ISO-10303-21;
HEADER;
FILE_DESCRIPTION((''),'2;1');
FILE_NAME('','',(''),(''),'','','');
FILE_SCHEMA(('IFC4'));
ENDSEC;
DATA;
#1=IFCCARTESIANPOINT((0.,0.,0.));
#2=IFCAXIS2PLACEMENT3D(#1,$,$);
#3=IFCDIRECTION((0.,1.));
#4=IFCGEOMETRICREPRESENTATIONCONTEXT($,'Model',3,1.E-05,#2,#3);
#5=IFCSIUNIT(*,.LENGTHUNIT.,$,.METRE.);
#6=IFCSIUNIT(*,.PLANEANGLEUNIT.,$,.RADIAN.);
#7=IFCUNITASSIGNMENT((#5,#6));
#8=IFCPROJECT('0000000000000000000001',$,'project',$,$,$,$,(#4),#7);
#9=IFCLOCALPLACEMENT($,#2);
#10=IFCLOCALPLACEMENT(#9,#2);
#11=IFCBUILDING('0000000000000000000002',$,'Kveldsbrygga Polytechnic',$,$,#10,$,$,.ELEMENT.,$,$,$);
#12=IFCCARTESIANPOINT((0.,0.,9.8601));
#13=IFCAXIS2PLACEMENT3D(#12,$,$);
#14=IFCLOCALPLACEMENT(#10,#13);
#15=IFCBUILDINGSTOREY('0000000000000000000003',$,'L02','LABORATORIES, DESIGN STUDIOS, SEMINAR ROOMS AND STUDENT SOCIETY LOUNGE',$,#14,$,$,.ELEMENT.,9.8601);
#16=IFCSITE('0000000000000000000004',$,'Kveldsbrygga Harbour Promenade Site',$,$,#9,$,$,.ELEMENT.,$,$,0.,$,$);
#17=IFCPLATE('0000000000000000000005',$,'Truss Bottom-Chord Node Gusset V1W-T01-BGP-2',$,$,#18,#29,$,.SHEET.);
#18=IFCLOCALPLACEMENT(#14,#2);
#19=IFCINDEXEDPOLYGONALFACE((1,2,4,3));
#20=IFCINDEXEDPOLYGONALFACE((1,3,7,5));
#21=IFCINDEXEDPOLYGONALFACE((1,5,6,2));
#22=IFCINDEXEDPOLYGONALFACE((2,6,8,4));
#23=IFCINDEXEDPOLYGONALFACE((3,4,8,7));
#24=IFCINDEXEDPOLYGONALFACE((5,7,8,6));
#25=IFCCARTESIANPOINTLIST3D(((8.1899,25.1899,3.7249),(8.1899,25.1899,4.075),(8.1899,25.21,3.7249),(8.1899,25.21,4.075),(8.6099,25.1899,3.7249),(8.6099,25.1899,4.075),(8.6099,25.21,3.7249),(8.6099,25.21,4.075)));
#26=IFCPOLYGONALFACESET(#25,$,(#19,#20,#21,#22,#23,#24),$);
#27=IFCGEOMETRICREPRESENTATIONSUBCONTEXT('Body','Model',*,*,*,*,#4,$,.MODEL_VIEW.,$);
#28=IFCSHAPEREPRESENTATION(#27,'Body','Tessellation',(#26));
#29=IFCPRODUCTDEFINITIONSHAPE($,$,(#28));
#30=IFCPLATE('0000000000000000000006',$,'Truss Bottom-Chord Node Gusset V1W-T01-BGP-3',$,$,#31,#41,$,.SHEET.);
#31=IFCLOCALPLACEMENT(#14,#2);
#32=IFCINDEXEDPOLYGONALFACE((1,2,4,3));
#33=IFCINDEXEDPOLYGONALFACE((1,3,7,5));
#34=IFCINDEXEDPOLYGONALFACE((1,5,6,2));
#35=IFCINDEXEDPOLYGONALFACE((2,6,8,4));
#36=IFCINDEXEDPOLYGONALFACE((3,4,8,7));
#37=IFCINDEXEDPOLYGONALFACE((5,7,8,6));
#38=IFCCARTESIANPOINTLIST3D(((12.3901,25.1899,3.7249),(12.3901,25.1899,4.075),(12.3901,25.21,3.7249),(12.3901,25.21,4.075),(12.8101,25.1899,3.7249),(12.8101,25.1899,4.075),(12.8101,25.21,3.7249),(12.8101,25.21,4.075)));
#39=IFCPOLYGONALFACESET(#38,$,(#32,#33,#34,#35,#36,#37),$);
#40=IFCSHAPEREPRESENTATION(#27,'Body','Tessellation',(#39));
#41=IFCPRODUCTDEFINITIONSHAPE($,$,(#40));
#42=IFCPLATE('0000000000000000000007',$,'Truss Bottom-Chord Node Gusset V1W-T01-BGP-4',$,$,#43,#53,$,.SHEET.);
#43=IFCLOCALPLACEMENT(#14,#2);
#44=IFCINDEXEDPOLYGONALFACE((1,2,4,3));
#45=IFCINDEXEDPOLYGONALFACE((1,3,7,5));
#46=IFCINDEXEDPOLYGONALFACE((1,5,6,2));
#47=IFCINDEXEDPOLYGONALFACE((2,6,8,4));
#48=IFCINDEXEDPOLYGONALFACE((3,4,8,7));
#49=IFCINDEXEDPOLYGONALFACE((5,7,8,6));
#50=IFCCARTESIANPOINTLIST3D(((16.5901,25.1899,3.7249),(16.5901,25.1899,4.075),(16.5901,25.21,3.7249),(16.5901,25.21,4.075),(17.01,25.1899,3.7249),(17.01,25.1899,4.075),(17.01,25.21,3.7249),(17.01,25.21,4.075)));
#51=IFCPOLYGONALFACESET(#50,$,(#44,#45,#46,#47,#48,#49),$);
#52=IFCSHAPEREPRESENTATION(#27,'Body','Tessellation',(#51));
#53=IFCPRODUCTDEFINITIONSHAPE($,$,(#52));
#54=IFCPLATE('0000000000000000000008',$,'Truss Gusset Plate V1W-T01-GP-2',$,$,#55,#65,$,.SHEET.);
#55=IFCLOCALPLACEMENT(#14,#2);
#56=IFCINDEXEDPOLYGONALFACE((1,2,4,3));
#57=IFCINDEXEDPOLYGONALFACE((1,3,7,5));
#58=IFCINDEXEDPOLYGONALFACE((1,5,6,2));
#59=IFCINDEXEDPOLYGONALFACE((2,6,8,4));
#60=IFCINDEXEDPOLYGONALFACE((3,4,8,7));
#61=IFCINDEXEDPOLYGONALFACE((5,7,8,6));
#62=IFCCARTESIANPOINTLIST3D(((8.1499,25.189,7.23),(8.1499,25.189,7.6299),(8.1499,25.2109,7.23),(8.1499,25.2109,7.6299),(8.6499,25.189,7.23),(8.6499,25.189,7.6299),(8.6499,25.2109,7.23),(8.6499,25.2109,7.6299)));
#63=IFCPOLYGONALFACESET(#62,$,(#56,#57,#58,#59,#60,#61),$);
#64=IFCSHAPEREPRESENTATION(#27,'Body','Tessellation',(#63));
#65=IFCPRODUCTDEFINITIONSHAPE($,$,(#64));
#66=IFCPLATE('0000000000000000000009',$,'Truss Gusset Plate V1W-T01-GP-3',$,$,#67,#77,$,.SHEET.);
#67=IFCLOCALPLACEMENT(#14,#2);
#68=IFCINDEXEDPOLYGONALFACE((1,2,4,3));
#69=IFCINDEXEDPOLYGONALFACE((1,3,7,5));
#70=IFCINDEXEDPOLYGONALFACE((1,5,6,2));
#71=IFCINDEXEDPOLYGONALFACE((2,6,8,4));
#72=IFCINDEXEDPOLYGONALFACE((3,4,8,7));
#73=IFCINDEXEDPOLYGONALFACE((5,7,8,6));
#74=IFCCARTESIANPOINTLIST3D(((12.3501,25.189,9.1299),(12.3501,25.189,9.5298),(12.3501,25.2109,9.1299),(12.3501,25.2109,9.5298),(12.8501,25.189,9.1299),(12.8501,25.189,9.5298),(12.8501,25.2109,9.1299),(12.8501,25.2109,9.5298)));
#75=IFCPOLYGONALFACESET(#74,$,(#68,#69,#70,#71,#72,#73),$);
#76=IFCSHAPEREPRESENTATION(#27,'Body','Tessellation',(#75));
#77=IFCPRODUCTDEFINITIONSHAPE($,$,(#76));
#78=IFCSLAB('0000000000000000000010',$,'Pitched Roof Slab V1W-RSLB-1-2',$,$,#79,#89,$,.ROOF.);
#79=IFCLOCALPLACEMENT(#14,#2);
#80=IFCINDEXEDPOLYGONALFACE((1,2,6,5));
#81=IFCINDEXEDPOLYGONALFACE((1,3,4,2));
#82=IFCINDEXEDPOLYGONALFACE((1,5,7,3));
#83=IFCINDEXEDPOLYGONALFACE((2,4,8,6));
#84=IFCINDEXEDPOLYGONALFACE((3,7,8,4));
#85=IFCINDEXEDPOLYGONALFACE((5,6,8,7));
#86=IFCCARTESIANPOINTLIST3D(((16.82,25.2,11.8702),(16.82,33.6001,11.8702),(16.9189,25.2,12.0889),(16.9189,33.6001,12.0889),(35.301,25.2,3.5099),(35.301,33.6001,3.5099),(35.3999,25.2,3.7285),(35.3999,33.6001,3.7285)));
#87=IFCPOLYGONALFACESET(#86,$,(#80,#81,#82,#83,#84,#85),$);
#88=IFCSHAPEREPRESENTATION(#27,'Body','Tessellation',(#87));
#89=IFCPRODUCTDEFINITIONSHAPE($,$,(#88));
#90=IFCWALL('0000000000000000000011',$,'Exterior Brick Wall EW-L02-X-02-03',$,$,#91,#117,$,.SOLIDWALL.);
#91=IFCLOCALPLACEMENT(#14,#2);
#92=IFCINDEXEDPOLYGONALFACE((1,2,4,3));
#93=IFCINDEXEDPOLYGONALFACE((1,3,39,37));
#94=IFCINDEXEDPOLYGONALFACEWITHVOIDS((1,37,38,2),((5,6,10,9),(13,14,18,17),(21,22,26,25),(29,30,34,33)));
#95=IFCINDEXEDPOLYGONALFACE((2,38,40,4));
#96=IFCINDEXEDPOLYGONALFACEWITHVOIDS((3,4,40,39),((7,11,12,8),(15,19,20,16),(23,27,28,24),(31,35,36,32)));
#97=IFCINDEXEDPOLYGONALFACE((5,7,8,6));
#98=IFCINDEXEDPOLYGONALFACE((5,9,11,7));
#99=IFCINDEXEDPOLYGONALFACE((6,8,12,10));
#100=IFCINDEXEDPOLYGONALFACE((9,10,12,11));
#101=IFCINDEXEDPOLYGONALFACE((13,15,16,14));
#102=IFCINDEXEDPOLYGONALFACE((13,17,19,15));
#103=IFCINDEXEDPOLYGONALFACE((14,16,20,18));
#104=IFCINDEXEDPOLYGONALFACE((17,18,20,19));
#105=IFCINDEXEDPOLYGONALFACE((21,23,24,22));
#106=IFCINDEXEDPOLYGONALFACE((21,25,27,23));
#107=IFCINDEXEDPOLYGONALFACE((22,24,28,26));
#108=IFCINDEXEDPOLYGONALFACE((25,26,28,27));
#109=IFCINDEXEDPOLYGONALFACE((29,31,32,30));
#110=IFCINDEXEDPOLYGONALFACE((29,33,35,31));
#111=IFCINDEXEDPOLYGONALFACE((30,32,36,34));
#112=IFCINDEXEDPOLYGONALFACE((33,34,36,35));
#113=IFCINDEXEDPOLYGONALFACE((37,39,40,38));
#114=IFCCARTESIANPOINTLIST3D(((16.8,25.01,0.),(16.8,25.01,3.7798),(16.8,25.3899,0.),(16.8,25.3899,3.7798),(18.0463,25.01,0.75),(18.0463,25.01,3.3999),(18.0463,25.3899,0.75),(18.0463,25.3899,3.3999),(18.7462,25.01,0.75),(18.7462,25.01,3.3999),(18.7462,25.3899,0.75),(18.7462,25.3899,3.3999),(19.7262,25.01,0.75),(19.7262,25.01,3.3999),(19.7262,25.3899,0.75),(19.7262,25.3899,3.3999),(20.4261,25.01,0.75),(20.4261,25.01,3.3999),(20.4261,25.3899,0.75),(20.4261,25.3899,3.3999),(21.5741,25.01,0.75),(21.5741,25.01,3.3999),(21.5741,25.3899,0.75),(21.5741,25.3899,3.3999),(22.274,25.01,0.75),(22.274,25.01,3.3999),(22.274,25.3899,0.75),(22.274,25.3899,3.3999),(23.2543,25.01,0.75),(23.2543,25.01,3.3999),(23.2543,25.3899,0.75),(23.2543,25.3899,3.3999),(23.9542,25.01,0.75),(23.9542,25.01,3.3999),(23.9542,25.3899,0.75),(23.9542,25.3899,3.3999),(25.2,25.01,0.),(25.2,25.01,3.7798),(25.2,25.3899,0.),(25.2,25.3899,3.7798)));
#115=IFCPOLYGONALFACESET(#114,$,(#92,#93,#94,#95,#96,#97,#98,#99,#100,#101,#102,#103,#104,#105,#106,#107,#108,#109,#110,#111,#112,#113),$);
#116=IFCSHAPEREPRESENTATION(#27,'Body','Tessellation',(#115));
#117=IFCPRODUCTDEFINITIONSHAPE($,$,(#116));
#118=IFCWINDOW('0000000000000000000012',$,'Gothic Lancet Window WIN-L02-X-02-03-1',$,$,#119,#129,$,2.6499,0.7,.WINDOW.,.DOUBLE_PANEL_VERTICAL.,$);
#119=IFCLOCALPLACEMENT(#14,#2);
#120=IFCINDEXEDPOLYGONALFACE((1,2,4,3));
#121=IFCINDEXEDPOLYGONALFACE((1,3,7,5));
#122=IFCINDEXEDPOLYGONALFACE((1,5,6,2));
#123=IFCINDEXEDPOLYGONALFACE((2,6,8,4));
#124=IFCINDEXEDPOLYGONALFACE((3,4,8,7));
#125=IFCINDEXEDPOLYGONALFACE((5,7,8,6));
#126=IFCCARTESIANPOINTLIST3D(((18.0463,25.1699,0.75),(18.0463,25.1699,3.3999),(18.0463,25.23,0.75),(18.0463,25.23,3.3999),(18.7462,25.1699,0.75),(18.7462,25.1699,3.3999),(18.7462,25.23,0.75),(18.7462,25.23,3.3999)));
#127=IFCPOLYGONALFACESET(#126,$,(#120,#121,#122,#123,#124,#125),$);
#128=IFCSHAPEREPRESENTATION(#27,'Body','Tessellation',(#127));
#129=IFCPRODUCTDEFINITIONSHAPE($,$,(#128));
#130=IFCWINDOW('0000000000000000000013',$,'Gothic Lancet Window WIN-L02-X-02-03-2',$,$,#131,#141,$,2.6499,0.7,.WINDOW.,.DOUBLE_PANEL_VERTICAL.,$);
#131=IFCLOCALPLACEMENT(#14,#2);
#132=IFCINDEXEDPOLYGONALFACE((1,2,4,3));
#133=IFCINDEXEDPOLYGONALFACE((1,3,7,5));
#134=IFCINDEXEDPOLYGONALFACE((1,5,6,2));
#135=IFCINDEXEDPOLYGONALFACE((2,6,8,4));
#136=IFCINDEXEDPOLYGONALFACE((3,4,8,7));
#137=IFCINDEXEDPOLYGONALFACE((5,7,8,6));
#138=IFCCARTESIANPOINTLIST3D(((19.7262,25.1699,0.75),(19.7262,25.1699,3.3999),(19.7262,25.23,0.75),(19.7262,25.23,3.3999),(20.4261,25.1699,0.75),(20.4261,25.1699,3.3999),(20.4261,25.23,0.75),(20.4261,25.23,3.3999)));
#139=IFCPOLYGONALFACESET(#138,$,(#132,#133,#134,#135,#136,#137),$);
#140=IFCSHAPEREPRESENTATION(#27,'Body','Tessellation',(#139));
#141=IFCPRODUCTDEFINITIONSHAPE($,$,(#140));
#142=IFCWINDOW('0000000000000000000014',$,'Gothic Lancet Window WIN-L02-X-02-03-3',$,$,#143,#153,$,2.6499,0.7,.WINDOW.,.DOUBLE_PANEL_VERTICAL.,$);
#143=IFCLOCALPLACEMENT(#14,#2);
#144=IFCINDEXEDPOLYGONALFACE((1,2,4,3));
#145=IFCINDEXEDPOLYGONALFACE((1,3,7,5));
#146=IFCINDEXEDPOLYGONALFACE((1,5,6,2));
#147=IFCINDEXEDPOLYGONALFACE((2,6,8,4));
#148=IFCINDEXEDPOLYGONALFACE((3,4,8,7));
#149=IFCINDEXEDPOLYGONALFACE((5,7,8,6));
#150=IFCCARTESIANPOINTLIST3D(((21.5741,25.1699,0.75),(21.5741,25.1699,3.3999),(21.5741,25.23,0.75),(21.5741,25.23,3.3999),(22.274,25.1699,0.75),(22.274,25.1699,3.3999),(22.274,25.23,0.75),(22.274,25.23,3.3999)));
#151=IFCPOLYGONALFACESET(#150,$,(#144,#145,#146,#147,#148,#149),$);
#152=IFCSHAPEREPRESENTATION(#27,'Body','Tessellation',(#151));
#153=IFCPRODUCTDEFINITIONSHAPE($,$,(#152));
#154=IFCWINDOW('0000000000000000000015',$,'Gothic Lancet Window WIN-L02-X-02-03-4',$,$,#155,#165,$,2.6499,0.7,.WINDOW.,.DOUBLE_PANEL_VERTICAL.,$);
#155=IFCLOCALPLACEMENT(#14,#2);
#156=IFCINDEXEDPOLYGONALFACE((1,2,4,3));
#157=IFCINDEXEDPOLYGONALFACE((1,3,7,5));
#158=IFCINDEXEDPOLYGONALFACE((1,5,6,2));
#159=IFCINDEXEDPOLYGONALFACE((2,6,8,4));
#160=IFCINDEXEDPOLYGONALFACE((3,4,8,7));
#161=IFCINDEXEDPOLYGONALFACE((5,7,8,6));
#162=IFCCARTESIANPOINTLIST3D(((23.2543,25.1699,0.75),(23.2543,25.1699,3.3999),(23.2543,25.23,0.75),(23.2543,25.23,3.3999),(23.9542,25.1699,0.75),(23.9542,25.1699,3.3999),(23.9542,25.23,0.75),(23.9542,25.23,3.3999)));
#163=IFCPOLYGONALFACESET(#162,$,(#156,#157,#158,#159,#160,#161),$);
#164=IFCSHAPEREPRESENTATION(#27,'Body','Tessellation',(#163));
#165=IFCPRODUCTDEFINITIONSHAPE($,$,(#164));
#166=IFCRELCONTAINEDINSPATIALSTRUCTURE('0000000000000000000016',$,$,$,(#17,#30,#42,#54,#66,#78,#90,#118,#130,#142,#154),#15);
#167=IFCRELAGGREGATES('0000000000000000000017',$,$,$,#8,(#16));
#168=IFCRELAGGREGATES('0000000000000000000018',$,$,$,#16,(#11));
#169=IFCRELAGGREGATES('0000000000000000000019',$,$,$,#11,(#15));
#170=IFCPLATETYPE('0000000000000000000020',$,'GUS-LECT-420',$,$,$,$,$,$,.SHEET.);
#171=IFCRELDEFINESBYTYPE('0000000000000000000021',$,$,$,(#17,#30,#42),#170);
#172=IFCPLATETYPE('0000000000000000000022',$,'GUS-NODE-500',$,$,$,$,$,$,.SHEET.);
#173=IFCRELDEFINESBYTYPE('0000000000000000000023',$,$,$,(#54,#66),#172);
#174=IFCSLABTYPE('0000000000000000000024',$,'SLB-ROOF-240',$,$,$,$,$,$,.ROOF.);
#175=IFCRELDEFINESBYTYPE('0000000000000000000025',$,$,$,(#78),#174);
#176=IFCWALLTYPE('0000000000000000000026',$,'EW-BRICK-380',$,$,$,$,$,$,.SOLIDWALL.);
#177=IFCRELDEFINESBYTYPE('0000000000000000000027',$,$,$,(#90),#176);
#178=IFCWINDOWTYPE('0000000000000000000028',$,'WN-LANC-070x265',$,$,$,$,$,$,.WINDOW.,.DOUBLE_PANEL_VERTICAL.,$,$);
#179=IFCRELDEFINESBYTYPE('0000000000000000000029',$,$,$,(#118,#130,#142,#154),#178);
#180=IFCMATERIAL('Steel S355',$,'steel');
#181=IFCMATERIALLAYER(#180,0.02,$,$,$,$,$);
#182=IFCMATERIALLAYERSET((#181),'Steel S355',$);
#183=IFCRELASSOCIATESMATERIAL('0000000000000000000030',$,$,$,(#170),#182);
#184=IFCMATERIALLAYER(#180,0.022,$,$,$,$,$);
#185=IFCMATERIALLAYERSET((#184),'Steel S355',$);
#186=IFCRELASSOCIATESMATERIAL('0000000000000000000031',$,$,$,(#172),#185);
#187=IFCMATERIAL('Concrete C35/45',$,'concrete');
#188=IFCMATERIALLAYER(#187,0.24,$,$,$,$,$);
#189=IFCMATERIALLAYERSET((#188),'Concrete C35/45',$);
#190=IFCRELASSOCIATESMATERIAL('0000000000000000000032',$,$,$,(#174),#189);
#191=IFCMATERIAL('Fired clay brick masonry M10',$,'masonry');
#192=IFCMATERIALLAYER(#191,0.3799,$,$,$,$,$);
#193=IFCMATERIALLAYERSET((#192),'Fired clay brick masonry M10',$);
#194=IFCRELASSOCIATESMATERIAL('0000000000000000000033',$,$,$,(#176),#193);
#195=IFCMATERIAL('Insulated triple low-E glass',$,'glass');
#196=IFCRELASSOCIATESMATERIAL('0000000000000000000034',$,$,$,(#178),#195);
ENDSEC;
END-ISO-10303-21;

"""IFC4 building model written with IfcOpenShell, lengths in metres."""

from ifc_helpers import new_model, si_unit, direction, frame, frame_2d, origin, origin_2d, place, context, subcontext, project, spatial, polyline, rectangle, outline, extrude, material, layer, layer_set, type_object, element, fill, save


model = new_model("IFC4")

# Units and contexts
model_context = context("Model", 3, precision=1e-05, world=origin(), true_north=direction((0.0, 1.0)))
body_context = subcontext(model_context, "Body", "Model", "MODEL_VIEW")
ifc_project = project(units=[si_unit("LENGTHUNIT", "METRE"), si_unit("PLANEANGLEUNIT", "RADIAN")], contexts=[model_context])

# Site, building, storey
site_placement = place(None, origin())
site = spatial("IfcSite", under=ifc_project, at=site_placement, Name="Kveldsbrygga Harbour Promenade Site", CompositionType="ELEMENT", RefElevation=0.0)
building_placement = place(site_placement, origin())
building = spatial("IfcBuilding", under=site, at=building_placement, Name="Kveldsbrygga Polytechnic", CompositionType="ELEMENT")
storey_placement = place(building_placement, frame((0.0, 0.0, 9.8601)))
storey = spatial("IfcBuildingStorey", under=building, at=storey_placement, Name="L02", Description="LABORATORIES, DESIGN STUDIOS, SEMINAR ROOMS AND STUDENT SOCIETY LOUNGE", CompositionType="ELEMENT", Elevation=9.8601)

# Shared definitions
ifc_material_1 = material(Name="Steel S355", Category="steel")

# Plates
ifc_layer_1 = layer(ifc_material_1, 0.02)
ifc_layer_set_1 = layer_set([ifc_layer_1], Name="Steel S355")
plate_type_1 = type_object("IfcPlateType", Name="GUS-LECT-420", PredefinedType="SHEET", material=ifc_layer_set_1)
for number, where, z_axis, x_axis, name in (
    (1, (8.3999, 25.2, 3.7249), (0.0, 0.0, 1.0), (1.0, 0.0, 0.0), "Truss Bottom-Chord Node Gusset V1W-T01-BGP-2"),
    (2, (12.6001, 25.2, 3.7249), (0.0, 0.0, 1.0), (1.0, 0.0, 0.0), "Truss Bottom-Chord Node Gusset V1W-T01-BGP-3"),
    (3, (16.8, 25.2, 3.7249), (0.0, 0.0, 1.0), (1.0, 0.0, 0.0), "Truss Bottom-Chord Node Gusset V1W-T01-BGP-4"),
):
    element("IfcPlate", number, at=place(storey_placement, frame(where, z_axis=z_axis, x_axis=x_axis)), inside=storey, type_object=plate_type_1, Name=name, PredefinedType="SHEET", context=body_context, shape_type="SweptSolid", body=[
        extrude(rectangle(XDim=0.4199, YDim=0.02, at=origin_2d()), origin(), (0.0, 0.0, 1.0), 0.3501),
    ])
ifc_layer_2 = layer(ifc_material_1, 0.022)
ifc_layer_set_2 = layer_set([ifc_layer_2], Name="Steel S355")
plate_type_2 = type_object("IfcPlateType", Name="GUS-NODE-500", PredefinedType="SHEET", material=ifc_layer_set_2)
for number, where, z_axis, x_axis, name in (
    (4, (8.3999, 25.2, 7.23), (0.0, 0.0, 1.0), (1.0, 0.0, 0.0), "Truss Gusset Plate V1W-T01-GP-2"),
    (5, (12.6001, 25.2, 9.1299), (0.0, 0.0, 1.0), (1.0, 0.0, 0.0), "Truss Gusset Plate V1W-T01-GP-3"),
):
    element("IfcPlate", number, at=place(storey_placement, frame(where, z_axis=z_axis, x_axis=x_axis)), inside=storey, type_object=plate_type_2, Name=name, PredefinedType="SHEET", context=body_context, shape_type="SweptSolid", body=[
        extrude(rectangle(XDim=0.5, YDim=0.022, at=origin_2d()), origin(), (0.0, 0.0, 1.0), 0.3999),
    ])

# Slab
ifc_material_2 = material(Name="Concrete C35/45", Category="concrete")
ifc_layer_3 = layer(ifc_material_2, 0.24)
ifc_layer_set_3 = layer_set([ifc_layer_3], Name="Concrete C35/45")
slab_type = type_object("IfcSlabType", Name="SLB-ROOF-240", PredefinedType="ROOF", material=ifc_layer_set_3)
slab_placement = place(storey_placement, frame((16.9189, 25.2, 12.0889), z_axis=(0.412165, 0.0, 0.911109), x_axis=(0.911109, 0.0, -0.412165)))
element("IfcSlab", 6, at=slab_placement, inside=storey, type_object=slab_type, Name="Pitched Roof Slab V1W-RSLB-1-2", PredefinedType="ROOF", context=body_context, shape_type="SweptSolid", body=[
    extrude(outline(polyline([(0.0, 0.0), (20.284, 0.0), (20.284, 8.4001), (0.0, 8.4001), (0.0, 0.0)])), origin(), (0.0, 0.0, -1.0), 0.24),
])

# Wall, openings, windows
ifc_material_3 = material(Name="Fired clay brick masonry M10", Category="masonry")
ifc_layer_4 = layer(ifc_material_3, 0.3799)
ifc_layer_set_4 = layer_set([ifc_layer_4], Name="Fired clay brick masonry M10")
wall_type_1 = type_object("IfcWallType", Name="EW-BRICK-380", PredefinedType="SOLIDWALL", material=ifc_layer_set_4)
wall_1_placement = place(storey_placement, frame((16.8, 25.2, 0.0), z_axis=(0.0, 0.0, 1.0), x_axis=(1.0, 0.0, 0.0)))
wall_1 = element("IfcWall", 7, at=wall_1_placement, inside=storey, type_object=wall_type_1, Name="Exterior Brick Wall EW-L02-X-02-03", PredefinedType="SOLIDWALL", context=body_context, shape_type="SweptSolid", body=[
    extrude(rectangle(XDim=8.3999, YDim=0.3799, at=frame_2d((4.2, 0.0))), origin(), (0.0, 0.0, 1.0), 3.7798),
])
opening_1_placement = place(wall_1_placement, frame((1.2461, 0.0, 0.75)))
opening_1 = element("IfcOpeningElement", 8, at=opening_1_placement, cuts=wall_1, PredefinedType="OPENING", context=body_context, shape_type="SweptSolid", body=[
    extrude(rectangle(XDim=0.7, YDim=2.6499, at=frame_2d((0.3501, 1.325))), frame((0.0, 0.2, 0.0), z_axis=(0.0, -1.0, 0.0), x_axis=(1.0, 0.0, 0.0)), (0.0, 0.0, 1.0), 0.3999),
])
opening_2_placement = place(wall_1_placement, frame((2.926, 0.0, 0.75)))
opening_2 = element("IfcOpeningElement", 9, at=opening_2_placement, cuts=wall_1, PredefinedType="OPENING", context=body_context, shape_type="SweptSolid", body=[
    extrude(rectangle(XDim=0.7, YDim=2.6499, at=frame_2d((0.3501, 1.325))), frame((0.0, 0.2, 0.0), z_axis=(0.0, -1.0, 0.0), x_axis=(1.0, 0.0, 0.0)), (0.0, 0.0, 1.0), 0.3999),
])
opening_3_placement = place(wall_1_placement, frame((4.7739, 0.0, 0.75)))
opening_3 = element("IfcOpeningElement", 10, at=opening_3_placement, cuts=wall_1, PredefinedType="OPENING", context=body_context, shape_type="SweptSolid", body=[
    extrude(rectangle(XDim=0.7, YDim=2.6499, at=frame_2d((0.3501, 1.325))), frame((0.0, 0.2, 0.0), z_axis=(0.0, -1.0, 0.0), x_axis=(1.0, 0.0, 0.0)), (0.0, 0.0, 1.0), 0.3999),
])
opening_4_placement = place(wall_1_placement, frame((6.4541, 0.0, 0.75)))
opening_4 = element("IfcOpeningElement", 11, at=opening_4_placement, cuts=wall_1, PredefinedType="OPENING", context=body_context, shape_type="SweptSolid", body=[
    extrude(rectangle(XDim=0.7, YDim=2.6499, at=frame_2d((0.3501, 1.325))), frame((0.0, 0.2, 0.0), z_axis=(0.0, -1.0, 0.0), x_axis=(1.0, 0.0, 0.0)), (0.0, 0.0, 1.0), 0.3999),
])
ifc_material_4 = material(Name="Insulated triple low-E glass", Category="glass")
window_type_1 = type_object("IfcWindowType", Name="WN-LANC-070x265", PartitioningType="DOUBLE_PANEL_VERTICAL", PredefinedType="WINDOW", material=ifc_material_4)
window_1_placement = place(opening_1_placement, origin())
window_1 = element("IfcWindow", 12, at=window_1_placement, inside=storey, type_object=window_type_1, Name="Gothic Lancet Window WIN-L02-X-02-03-1", OverallHeight=2.6499, OverallWidth=0.7, PartitioningType="DOUBLE_PANEL_VERTICAL", PredefinedType="WINDOW", context=body_context, shape_type="SweptSolid", body=[
    extrude(rectangle(XDim=0.7, YDim=2.6499, at=frame_2d((0.3501, 1.325))), frame((0.0, 0.03, 0.0), z_axis=(0.0, -1.0, 0.0), x_axis=(1.0, 0.0, 0.0)), (0.0, 0.0, 1.0), 0.0601),
])
fill(opening_1, window_1)
window_2_placement = place(opening_2_placement, origin())
window_2 = element("IfcWindow", 13, at=window_2_placement, inside=storey, type_object=window_type_1, Name="Gothic Lancet Window WIN-L02-X-02-03-2", OverallHeight=2.6499, OverallWidth=0.7, PartitioningType="DOUBLE_PANEL_VERTICAL", PredefinedType="WINDOW", context=body_context, shape_type="SweptSolid", body=[
    extrude(rectangle(XDim=0.7, YDim=2.6499, at=frame_2d((0.3501, 1.325))), frame((0.0, 0.03, 0.0), z_axis=(0.0, -1.0, 0.0), x_axis=(1.0, 0.0, 0.0)), (0.0, 0.0, 1.0), 0.0601),
])
fill(opening_2, window_2)
window_3_placement = place(opening_3_placement, origin())
window_3 = element("IfcWindow", 14, at=window_3_placement, inside=storey, type_object=window_type_1, Name="Gothic Lancet Window WIN-L02-X-02-03-3", OverallHeight=2.6499, OverallWidth=0.7, PartitioningType="DOUBLE_PANEL_VERTICAL", PredefinedType="WINDOW", context=body_context, shape_type="SweptSolid", body=[
    extrude(rectangle(XDim=0.7, YDim=2.6499, at=frame_2d((0.3501, 1.325))), frame((0.0, 0.03, 0.0), z_axis=(0.0, -1.0, 0.0), x_axis=(1.0, 0.0, 0.0)), (0.0, 0.0, 1.0), 0.0601),
])
fill(opening_3, window_3)
window_4_placement = place(opening_4_placement, origin())
window_4 = element("IfcWindow", 15, at=window_4_placement, inside=storey, type_object=window_type_1, Name="Gothic Lancet Window WIN-L02-X-02-03-4", OverallHeight=2.6499, OverallWidth=0.7, PartitioningType="DOUBLE_PANEL_VERTICAL", PredefinedType="WINDOW", context=body_context, shape_type="SweptSolid", body=[
    extrude(rectangle(XDim=0.7, YDim=2.6499, at=frame_2d((0.3501, 1.325))), frame((0.0, 0.03, 0.0), z_axis=(0.0, -1.0, 0.0), x_axis=(1.0, 0.0, 0.0)), (0.0, 0.0, 1.0), 0.0601),
])
fill(opening_4, window_4)

save(model, "model.ifc")
